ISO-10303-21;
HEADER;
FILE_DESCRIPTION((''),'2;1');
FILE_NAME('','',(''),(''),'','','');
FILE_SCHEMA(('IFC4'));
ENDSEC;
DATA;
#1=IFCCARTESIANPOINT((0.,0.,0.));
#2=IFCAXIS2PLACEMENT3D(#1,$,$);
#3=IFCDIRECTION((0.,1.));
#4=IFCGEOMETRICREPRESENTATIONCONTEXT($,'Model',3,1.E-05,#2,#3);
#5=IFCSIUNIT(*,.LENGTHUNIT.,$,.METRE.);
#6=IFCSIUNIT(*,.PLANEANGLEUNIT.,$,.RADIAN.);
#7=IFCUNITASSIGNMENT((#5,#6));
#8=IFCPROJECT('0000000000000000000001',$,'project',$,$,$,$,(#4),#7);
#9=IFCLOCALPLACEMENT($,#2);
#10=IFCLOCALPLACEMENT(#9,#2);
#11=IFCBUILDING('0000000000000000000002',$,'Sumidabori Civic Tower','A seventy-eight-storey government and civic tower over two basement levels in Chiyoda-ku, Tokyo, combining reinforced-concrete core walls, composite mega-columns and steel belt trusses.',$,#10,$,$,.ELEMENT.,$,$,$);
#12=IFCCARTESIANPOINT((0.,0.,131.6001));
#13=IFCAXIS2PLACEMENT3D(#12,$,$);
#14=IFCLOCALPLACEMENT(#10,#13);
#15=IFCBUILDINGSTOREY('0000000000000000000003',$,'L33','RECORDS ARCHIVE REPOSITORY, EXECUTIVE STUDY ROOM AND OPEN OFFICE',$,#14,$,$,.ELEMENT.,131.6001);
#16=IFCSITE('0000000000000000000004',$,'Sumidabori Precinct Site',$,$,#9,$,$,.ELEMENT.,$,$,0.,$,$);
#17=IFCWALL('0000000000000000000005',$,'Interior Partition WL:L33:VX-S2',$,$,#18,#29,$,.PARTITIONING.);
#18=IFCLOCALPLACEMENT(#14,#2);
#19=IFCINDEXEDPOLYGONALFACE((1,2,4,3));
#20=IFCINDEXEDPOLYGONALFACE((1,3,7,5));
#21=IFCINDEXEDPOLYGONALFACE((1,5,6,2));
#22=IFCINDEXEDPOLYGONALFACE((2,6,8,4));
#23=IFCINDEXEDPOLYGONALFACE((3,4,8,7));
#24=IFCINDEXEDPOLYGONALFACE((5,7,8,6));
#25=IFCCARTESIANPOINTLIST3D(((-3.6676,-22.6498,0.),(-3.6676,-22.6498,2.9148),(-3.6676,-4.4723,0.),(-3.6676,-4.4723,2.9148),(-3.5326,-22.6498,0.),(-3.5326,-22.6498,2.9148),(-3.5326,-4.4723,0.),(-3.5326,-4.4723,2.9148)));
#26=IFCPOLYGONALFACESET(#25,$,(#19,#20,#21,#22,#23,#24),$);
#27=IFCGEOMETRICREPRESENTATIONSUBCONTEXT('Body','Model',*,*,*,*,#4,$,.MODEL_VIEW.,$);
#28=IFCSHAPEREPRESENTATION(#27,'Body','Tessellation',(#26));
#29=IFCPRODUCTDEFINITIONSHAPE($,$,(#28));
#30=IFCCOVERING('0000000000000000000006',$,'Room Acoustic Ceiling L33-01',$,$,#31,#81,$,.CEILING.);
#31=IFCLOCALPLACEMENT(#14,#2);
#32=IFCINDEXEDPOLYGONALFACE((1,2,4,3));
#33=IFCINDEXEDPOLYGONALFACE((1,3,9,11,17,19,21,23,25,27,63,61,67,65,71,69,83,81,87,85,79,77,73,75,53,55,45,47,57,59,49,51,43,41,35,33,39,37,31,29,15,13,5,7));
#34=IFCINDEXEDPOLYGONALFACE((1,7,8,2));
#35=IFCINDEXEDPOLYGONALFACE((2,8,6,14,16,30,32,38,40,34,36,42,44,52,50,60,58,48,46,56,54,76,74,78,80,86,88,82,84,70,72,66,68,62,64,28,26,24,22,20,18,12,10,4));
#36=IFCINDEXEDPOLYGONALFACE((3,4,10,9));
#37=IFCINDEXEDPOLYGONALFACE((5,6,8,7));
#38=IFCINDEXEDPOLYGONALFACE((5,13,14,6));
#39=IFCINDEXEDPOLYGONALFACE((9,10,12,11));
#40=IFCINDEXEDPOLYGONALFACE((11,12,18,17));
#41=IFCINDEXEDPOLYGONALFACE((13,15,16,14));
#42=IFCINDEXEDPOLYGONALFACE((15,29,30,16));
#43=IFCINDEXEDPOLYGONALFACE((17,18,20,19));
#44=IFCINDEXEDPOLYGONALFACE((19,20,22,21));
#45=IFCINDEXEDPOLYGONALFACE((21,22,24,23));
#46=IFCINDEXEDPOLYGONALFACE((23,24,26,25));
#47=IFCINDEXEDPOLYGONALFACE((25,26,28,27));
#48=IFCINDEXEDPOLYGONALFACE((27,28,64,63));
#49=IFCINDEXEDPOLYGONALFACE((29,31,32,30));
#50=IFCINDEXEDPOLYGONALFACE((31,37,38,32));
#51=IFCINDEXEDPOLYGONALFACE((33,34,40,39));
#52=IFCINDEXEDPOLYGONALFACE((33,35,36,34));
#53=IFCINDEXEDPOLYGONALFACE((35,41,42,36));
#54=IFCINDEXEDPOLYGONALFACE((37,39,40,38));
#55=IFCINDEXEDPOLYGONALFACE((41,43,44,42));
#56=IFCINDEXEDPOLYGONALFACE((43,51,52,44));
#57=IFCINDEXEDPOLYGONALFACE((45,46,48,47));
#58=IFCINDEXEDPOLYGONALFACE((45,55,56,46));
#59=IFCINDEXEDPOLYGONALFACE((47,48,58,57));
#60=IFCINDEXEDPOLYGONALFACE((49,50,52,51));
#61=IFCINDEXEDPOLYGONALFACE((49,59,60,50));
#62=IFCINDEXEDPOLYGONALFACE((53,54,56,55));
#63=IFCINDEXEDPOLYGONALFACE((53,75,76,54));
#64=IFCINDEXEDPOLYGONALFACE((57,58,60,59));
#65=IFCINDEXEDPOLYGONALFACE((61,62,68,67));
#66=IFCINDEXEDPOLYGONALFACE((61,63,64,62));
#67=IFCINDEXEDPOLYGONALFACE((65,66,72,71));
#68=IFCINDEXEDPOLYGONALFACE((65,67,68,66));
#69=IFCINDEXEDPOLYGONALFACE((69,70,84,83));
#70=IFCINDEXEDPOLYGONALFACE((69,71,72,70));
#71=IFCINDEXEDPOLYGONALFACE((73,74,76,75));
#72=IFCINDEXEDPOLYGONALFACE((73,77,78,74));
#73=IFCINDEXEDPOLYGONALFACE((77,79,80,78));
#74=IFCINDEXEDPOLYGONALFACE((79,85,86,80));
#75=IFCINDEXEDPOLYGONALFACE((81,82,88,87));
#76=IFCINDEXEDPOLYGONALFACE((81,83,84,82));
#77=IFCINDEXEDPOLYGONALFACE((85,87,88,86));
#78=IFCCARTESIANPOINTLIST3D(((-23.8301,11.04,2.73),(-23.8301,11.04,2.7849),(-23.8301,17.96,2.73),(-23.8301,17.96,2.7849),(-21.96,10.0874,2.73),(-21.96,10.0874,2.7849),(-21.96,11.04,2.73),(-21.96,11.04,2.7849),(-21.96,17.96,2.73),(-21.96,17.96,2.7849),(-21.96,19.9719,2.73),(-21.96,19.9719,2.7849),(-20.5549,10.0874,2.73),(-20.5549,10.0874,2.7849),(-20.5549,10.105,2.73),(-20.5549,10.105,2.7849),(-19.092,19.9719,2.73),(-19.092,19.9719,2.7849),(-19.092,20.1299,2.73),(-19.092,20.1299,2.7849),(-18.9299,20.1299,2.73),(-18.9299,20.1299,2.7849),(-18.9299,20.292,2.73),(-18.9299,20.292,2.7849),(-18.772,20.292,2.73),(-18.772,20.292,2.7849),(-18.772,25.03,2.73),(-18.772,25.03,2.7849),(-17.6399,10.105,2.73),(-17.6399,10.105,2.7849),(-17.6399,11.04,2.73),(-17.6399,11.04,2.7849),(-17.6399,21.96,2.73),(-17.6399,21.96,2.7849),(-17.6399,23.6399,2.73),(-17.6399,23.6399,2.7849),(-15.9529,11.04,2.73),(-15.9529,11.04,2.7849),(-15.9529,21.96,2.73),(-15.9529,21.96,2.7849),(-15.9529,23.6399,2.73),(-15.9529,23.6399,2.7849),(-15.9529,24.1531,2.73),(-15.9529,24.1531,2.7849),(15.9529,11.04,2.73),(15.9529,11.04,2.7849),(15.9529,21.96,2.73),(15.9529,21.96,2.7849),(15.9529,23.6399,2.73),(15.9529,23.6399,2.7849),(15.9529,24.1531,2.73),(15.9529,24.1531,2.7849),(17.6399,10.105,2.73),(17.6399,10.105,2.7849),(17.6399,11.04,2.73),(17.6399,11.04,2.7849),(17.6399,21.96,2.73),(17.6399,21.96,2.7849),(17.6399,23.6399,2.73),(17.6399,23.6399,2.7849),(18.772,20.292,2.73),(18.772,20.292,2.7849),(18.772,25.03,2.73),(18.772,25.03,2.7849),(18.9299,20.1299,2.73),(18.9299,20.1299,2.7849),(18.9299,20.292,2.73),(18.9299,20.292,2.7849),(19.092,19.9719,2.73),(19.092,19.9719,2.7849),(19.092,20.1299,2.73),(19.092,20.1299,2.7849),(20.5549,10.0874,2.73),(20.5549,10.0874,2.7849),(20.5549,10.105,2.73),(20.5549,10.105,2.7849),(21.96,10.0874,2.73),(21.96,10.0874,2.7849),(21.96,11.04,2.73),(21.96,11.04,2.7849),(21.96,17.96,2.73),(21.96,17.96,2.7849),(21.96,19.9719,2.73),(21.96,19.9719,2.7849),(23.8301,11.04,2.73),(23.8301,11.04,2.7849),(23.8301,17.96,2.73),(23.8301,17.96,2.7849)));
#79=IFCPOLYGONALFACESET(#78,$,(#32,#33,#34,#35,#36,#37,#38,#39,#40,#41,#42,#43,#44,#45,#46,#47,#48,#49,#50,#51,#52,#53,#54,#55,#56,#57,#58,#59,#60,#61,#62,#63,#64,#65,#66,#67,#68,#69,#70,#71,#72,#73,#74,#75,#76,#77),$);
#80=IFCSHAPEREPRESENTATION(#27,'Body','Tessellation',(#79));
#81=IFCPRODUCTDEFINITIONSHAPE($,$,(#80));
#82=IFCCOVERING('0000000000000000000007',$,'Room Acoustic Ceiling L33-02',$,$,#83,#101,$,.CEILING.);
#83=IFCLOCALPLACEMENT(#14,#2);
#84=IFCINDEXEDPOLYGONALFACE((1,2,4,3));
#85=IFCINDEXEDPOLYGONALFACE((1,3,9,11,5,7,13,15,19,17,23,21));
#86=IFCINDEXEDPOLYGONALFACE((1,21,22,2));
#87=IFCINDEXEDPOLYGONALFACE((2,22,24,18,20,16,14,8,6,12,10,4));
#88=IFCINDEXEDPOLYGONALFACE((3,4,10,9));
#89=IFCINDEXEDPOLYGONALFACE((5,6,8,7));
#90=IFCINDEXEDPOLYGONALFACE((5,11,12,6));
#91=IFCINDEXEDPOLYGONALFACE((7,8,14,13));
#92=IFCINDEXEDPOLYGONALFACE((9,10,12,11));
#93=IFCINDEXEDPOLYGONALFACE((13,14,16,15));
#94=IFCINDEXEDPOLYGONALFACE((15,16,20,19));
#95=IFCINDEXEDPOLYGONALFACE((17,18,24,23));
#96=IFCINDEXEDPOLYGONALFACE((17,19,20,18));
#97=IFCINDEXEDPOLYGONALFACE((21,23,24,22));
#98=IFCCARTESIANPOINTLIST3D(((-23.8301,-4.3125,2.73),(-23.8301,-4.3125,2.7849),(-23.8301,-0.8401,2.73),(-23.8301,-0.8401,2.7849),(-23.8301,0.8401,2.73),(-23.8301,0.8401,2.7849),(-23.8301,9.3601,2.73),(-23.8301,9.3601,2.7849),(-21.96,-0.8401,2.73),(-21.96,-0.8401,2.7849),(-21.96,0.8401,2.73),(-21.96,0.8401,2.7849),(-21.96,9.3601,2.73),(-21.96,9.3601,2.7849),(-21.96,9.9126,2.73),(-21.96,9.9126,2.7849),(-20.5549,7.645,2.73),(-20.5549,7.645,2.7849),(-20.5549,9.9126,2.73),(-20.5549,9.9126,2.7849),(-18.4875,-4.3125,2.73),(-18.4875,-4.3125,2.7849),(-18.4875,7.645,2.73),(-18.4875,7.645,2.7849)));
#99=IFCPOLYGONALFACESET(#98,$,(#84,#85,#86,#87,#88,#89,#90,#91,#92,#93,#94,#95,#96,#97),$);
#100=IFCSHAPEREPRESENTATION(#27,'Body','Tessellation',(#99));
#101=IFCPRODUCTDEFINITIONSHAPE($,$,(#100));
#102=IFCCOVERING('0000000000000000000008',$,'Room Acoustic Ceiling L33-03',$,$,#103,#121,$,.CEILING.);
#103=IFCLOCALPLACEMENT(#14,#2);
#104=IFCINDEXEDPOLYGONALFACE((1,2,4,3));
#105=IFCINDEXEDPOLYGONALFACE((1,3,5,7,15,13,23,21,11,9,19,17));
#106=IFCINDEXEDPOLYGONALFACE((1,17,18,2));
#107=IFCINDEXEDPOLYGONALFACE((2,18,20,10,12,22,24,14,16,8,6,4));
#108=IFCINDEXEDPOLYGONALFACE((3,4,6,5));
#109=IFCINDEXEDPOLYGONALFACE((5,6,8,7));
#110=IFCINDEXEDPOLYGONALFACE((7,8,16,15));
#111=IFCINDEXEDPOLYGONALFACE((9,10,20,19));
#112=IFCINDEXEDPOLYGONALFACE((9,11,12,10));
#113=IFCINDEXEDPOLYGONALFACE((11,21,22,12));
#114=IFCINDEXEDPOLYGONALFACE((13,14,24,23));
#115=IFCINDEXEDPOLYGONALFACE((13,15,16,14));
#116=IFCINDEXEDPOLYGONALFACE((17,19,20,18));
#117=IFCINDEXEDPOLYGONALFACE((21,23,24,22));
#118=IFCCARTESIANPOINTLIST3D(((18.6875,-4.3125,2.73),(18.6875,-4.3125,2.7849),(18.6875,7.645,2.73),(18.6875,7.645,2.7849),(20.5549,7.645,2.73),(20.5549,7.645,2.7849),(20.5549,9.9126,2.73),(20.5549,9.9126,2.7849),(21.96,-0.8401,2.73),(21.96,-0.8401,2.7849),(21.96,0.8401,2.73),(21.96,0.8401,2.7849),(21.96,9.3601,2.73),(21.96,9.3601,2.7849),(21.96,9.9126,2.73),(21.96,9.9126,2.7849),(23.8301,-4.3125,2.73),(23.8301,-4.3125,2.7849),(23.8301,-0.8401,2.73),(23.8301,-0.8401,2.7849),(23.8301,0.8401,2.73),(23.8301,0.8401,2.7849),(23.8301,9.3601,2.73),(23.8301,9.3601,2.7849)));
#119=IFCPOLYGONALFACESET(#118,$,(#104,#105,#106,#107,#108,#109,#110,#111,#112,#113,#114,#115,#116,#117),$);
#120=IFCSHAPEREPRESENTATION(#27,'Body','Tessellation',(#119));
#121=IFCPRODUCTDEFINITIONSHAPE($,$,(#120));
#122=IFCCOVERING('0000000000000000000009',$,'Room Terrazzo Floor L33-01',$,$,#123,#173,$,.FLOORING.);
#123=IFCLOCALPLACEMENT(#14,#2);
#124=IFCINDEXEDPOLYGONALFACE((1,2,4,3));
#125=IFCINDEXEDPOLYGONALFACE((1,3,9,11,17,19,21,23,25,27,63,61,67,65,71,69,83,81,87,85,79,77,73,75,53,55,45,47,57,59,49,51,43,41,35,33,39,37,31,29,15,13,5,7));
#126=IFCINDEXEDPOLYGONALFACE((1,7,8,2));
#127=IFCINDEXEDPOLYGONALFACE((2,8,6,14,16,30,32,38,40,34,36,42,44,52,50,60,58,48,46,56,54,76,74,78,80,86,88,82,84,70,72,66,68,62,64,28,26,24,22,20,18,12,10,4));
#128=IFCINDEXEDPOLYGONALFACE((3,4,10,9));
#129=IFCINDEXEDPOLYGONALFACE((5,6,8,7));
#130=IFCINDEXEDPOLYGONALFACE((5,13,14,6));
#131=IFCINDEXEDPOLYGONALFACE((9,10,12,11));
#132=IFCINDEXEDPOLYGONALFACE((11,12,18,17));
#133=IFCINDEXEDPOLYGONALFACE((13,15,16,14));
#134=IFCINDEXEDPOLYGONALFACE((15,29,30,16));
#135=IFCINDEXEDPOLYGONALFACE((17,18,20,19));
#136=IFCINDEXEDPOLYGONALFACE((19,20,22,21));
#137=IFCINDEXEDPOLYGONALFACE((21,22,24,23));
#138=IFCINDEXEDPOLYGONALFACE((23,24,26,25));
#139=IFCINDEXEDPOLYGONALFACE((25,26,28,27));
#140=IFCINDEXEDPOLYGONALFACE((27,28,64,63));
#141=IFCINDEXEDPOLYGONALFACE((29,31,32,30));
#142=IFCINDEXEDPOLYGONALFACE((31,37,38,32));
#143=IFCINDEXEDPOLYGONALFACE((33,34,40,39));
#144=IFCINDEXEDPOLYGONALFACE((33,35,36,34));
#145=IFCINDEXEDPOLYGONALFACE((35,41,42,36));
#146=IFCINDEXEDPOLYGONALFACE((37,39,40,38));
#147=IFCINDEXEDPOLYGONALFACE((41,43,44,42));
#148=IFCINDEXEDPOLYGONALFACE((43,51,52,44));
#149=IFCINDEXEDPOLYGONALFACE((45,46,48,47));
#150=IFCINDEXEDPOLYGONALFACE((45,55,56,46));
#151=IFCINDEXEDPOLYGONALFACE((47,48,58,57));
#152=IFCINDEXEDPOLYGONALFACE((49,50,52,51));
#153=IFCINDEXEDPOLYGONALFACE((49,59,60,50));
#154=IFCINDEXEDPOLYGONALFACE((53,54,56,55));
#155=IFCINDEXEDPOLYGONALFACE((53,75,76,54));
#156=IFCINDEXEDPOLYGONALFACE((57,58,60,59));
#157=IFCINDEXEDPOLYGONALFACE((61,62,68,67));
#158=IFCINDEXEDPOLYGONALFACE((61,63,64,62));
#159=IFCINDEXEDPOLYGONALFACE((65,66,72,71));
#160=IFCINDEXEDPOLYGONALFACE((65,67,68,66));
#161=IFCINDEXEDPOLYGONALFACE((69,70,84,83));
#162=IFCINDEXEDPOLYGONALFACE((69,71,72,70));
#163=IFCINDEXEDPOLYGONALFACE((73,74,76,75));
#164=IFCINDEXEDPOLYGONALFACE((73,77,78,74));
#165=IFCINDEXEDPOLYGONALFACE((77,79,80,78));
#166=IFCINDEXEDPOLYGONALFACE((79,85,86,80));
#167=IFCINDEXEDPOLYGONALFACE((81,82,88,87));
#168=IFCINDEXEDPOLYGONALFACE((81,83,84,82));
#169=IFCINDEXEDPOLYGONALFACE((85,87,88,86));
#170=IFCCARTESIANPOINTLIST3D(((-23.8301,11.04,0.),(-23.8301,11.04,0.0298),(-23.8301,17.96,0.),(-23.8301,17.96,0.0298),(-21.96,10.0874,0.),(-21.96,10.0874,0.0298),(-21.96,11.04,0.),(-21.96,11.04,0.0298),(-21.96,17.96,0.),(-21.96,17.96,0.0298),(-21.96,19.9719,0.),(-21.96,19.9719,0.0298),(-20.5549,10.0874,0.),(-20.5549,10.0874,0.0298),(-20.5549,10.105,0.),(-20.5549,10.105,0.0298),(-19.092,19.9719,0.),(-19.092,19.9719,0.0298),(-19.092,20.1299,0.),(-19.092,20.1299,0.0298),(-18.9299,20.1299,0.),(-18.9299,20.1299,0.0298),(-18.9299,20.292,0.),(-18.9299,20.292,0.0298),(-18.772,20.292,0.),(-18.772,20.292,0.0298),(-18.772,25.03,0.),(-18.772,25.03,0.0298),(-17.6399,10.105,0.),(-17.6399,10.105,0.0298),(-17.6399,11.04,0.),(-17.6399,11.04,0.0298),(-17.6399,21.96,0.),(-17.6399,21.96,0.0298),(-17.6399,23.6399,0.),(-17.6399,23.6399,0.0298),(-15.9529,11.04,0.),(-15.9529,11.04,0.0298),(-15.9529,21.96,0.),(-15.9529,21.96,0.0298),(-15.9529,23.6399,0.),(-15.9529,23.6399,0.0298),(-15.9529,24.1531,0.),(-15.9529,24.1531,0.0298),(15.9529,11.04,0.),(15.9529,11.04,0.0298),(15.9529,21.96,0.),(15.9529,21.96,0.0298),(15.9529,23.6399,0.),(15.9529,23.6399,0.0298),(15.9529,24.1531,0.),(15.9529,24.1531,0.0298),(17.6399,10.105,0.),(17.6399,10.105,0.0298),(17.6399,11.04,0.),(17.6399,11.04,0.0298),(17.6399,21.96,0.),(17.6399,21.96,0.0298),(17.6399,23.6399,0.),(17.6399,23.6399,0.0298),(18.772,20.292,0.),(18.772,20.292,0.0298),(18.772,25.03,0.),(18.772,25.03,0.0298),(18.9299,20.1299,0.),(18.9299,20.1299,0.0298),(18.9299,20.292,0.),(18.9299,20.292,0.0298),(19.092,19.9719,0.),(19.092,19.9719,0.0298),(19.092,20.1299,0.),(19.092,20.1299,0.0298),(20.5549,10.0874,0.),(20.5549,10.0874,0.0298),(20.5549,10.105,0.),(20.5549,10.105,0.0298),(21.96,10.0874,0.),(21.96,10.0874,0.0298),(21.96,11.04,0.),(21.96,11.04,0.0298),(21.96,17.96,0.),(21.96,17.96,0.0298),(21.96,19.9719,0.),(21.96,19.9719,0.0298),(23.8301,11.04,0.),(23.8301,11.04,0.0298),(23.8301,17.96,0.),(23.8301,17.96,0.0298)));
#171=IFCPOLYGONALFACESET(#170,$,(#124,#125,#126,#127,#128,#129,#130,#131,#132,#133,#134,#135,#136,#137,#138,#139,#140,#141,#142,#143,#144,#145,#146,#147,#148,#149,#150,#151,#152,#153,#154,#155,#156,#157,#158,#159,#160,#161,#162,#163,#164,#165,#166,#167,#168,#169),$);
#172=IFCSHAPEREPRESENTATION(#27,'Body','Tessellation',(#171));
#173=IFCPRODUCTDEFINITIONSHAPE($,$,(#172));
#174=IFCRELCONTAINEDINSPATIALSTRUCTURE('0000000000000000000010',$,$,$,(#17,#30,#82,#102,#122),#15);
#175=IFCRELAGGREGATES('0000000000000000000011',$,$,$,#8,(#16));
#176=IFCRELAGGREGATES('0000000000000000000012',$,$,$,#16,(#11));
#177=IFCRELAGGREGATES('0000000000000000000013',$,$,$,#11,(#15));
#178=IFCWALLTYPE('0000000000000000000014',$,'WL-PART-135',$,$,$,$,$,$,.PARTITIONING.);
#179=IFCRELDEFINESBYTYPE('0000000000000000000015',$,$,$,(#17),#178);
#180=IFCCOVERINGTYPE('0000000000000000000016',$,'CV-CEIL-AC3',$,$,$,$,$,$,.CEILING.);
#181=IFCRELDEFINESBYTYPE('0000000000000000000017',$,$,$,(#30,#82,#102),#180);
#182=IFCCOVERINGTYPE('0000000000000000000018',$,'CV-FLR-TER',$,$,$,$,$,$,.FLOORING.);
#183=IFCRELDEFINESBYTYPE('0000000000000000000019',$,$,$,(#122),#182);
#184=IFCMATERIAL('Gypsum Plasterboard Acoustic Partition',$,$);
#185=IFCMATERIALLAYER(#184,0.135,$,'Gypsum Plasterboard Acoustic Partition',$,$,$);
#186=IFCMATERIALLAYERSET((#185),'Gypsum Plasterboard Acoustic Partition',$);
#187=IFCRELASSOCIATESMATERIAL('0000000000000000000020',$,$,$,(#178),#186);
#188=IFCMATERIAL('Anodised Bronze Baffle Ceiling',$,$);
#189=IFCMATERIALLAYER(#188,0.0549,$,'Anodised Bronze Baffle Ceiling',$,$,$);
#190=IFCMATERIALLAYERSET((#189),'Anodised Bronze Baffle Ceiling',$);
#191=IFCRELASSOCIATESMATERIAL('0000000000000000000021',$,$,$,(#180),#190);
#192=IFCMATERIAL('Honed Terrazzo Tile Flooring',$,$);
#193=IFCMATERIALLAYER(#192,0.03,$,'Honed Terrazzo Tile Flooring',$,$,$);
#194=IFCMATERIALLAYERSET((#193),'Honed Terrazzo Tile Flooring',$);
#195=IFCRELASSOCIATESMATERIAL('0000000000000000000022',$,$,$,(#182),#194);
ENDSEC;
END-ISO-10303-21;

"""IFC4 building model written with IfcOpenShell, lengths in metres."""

from ifc_helpers import new_model, si_unit, direction, frame, frame_2d, origin, place, context, subcontext, project, spatial, polyline, rectangle, outline, extrude, source, transform, mapped, material, layer, layer_set, type_object, element, save


model = new_model("IFC4")

# Units and contexts
model_context = context("Model", 3, precision=1e-05, world=origin(), true_north=direction((0.0, 1.0)))
body_context = subcontext(model_context, "Body", "Model", "MODEL_VIEW")
ifc_project = project(units=[si_unit("LENGTHUNIT", "METRE"), si_unit("PLANEANGLEUNIT", "RADIAN")], contexts=[model_context])

# Site, building, storey
site_placement = place(None, origin())
site = spatial("IfcSite", under=ifc_project, at=site_placement, Name="Sumidabori Precinct Site", CompositionType="ELEMENT", RefElevation=0.0)
building_placement = place(site_placement, origin())
building = spatial("IfcBuilding", under=site, at=building_placement, Name="Sumidabori Civic Tower", Description="A seventy-eight-storey government and civic tower over two basement levels in Chiyoda-ku, Tokyo, combining reinforced-concrete core walls, composite mega-columns and steel belt trusses.", CompositionType="ELEMENT")
storey_placement = place(building_placement, frame((0.0, 0.0, 131.6001)))
storey = spatial("IfcBuildingStorey", under=building, at=storey_placement, Name="L33", Description="RECORDS ARCHIVE REPOSITORY, EXECUTIVE STUDY ROOM AND OPEN OFFICE", CompositionType="ELEMENT", Elevation=131.6001)

# Wall
ifc_material_1 = material(Name="Gypsum Plasterboard Acoustic Partition")
ifc_layer_1 = layer(ifc_material_1, 0.135, Name="Gypsum Plasterboard Acoustic Partition")
ifc_layer_set_1 = layer_set([ifc_layer_1], Name="Gypsum Plasterboard Acoustic Partition")
wall_type = type_object("IfcWallType", Name="WL-PART-135", PredefinedType="PARTITIONING", material=ifc_layer_set_1)
shared_shape_1 = source(origin(), body_context, "Body", "SweptSolid", [
    extrude(rectangle(XDim=18.1775, YDim=0.135, at=frame_2d((9.0889, 0.0))), origin(), (0.0, 0.0, 1.0), 2.9148),
])
wall_placement = place(storey_placement, frame((-3.6001, -22.6499, 0.0), z_axis=(0.0, 0.0, 1.0), x_axis=(0.0, 1.0, 0.0)))
element("IfcWall", 1, at=wall_placement, inside=storey, type_object=wall_type, Name="Interior Partition WL:L33:VX-S2", PredefinedType="PARTITIONING", context=body_context, shape_type="MappedRepresentation", body=[
    mapped(shared_shape_1, transform((0.0, 0.0, 0.0), x_axis=(1.0, 0.0, 0.0), y_axis=(0.0, 1.0, 0.0), z_axis=(0.0, 0.0, 1.0), scale=1.0)),
])

# Coverings
ifc_material_2 = material(Name="Anodised Bronze Baffle Ceiling")
ifc_layer_2 = layer(ifc_material_2, 0.0549, Name="Anodised Bronze Baffle Ceiling")
ifc_layer_set_2 = layer_set([ifc_layer_2], Name="Anodised Bronze Baffle Ceiling")
covering_type_1 = type_object("IfcCoveringType", Name="CV-CEIL-AC3", PredefinedType="CEILING", material=ifc_layer_set_2)
covering_1_placement = place(storey_placement, frame((0.0, 0.0, 2.73)))
element("IfcCovering", 2, at=covering_1_placement, inside=storey, type_object=covering_type_1, Name="Room Acoustic Ceiling L33-01", PredefinedType="CEILING", context=body_context, shape_type="SweptSolid", body=[
    extrude(outline(polyline([(-23.8301, 17.96), (-21.96, 17.96), (-21.96, 19.9719), (-19.092, 19.9719), (-19.092, 20.1299), (-18.9299, 20.1299), (-18.9299, 20.292), (-18.772, 20.292), (-18.772, 25.03), (18.772, 25.03), (18.772, 20.292), (18.9299, 20.292), (18.9299, 20.1299), (19.092, 20.1299), (19.092, 19.9719), (21.96, 19.9719), (21.96, 17.96), (23.8301, 17.96), (23.8301, 11.04), (21.96, 11.04), (21.96, 10.0874), (20.5549, 10.0874), (20.5549, 10.105), (17.6399, 10.105), (17.6399, 11.04), (15.9529, 11.04), (15.9529, 21.96), (17.6399, 21.96), (17.6399, 23.6399), (15.9529, 23.6399), (15.9529, 24.1531), (-15.9529, 24.1531), (-15.9529, 23.6399), (-17.6399, 23.6399), (-17.6399, 21.96), (-15.9529, 21.96), (-15.9529, 11.04), (-17.6399, 11.04), (-17.6399, 10.105), (-20.5549, 10.105), (-20.5549, 10.0874), (-21.96, 10.0874), (-21.96, 11.04), (-23.8301, 11.04), (-23.8301, 17.96)])), origin(), (0.0, 0.0, 1.0), 0.0549),
])
covering_2_placement = place(storey_placement, frame((0.0, 0.0, 2.73)))
element("IfcCovering", 3, at=covering_2_placement, inside=storey, type_object=covering_type_1, Name="Room Acoustic Ceiling L33-02", PredefinedType="CEILING", context=body_context, shape_type="SweptSolid", body=[
    extrude(outline(polyline([(-23.8301, -4.3125), (-23.8301, -0.8401), (-21.96, -0.8401), (-21.96, 0.8401), (-23.8301, 0.8401), (-23.8301, 9.3601), (-21.96, 9.3601), (-21.96, 9.9126), (-20.5549, 9.9126), (-20.5549, 7.645), (-18.4875, 7.645), (-18.4875, -4.3125), (-23.8301, -4.3125)])), origin(), (0.0, 0.0, 1.0), 0.0549),
])
covering_3_placement = place(storey_placement, frame((0.0, 0.0, 2.73)))
element("IfcCovering", 4, at=covering_3_placement, inside=storey, type_object=covering_type_1, Name="Room Acoustic Ceiling L33-03", PredefinedType="CEILING", context=body_context, shape_type="SweptSolid", body=[
    extrude(outline(polyline([(23.8301, 0.8401), (21.96, 0.8401), (21.96, -0.8401), (23.8301, -0.8401), (23.8301, -4.3125), (18.6875, -4.3125), (18.6875, 7.645), (20.5549, 7.645), (20.5549, 9.9126), (21.96, 9.9126), (21.96, 9.3601), (23.8301, 9.3601), (23.8301, 0.8401)])), origin(), (0.0, 0.0, 1.0), 0.0549),
])
ifc_material_3 = material(Name="Honed Terrazzo Tile Flooring")
ifc_layer_3 = layer(ifc_material_3, 0.03, Name="Honed Terrazzo Tile Flooring")
ifc_layer_set_3 = layer_set([ifc_layer_3], Name="Honed Terrazzo Tile Flooring")
covering_type_2 = type_object("IfcCoveringType", Name="CV-FLR-TER", PredefinedType="FLOORING", material=ifc_layer_set_3)
covering_4_placement = place(storey_placement, origin())
element("IfcCovering", 5, at=covering_4_placement, inside=storey, type_object=covering_type_2, Name="Room Terrazzo Floor L33-01", PredefinedType="FLOORING", context=body_context, shape_type="SweptSolid", body=[
    extrude(outline(polyline([(-23.8301, 17.96), (-21.96, 17.96), (-21.96, 19.9719), (-19.092, 19.9719), (-19.092, 20.1299), (-18.9299, 20.1299), (-18.9299, 20.292), (-18.772, 20.292), (-18.772, 25.03), (18.772, 25.03), (18.772, 20.292), (18.9299, 20.292), (18.9299, 20.1299), (19.092, 20.1299), (19.092, 19.9719), (21.96, 19.9719), (21.96, 17.96), (23.8301, 17.96), (23.8301, 11.04), (21.96, 11.04), (21.96, 10.0874), (20.5549, 10.0874), (20.5549, 10.105), (17.6399, 10.105), (17.6399, 11.04), (15.9529, 11.04), (15.9529, 21.96), (17.6399, 21.96), (17.6399, 23.6399), (15.9529, 23.6399), (15.9529, 24.1531), (-15.9529, 24.1531), (-15.9529, 23.6399), (-17.6399, 23.6399), (-17.6399, 21.96), (-15.9529, 21.96), (-15.9529, 11.04), (-17.6399, 11.04), (-17.6399, 10.105), (-20.5549, 10.105), (-20.5549, 10.0874), (-21.96, 10.0874), (-21.96, 11.04), (-23.8301, 11.04), (-23.8301, 17.96)])), origin(), (0.0, 0.0, 1.0), 0.0298),
])

save(model, "model.ifc")
